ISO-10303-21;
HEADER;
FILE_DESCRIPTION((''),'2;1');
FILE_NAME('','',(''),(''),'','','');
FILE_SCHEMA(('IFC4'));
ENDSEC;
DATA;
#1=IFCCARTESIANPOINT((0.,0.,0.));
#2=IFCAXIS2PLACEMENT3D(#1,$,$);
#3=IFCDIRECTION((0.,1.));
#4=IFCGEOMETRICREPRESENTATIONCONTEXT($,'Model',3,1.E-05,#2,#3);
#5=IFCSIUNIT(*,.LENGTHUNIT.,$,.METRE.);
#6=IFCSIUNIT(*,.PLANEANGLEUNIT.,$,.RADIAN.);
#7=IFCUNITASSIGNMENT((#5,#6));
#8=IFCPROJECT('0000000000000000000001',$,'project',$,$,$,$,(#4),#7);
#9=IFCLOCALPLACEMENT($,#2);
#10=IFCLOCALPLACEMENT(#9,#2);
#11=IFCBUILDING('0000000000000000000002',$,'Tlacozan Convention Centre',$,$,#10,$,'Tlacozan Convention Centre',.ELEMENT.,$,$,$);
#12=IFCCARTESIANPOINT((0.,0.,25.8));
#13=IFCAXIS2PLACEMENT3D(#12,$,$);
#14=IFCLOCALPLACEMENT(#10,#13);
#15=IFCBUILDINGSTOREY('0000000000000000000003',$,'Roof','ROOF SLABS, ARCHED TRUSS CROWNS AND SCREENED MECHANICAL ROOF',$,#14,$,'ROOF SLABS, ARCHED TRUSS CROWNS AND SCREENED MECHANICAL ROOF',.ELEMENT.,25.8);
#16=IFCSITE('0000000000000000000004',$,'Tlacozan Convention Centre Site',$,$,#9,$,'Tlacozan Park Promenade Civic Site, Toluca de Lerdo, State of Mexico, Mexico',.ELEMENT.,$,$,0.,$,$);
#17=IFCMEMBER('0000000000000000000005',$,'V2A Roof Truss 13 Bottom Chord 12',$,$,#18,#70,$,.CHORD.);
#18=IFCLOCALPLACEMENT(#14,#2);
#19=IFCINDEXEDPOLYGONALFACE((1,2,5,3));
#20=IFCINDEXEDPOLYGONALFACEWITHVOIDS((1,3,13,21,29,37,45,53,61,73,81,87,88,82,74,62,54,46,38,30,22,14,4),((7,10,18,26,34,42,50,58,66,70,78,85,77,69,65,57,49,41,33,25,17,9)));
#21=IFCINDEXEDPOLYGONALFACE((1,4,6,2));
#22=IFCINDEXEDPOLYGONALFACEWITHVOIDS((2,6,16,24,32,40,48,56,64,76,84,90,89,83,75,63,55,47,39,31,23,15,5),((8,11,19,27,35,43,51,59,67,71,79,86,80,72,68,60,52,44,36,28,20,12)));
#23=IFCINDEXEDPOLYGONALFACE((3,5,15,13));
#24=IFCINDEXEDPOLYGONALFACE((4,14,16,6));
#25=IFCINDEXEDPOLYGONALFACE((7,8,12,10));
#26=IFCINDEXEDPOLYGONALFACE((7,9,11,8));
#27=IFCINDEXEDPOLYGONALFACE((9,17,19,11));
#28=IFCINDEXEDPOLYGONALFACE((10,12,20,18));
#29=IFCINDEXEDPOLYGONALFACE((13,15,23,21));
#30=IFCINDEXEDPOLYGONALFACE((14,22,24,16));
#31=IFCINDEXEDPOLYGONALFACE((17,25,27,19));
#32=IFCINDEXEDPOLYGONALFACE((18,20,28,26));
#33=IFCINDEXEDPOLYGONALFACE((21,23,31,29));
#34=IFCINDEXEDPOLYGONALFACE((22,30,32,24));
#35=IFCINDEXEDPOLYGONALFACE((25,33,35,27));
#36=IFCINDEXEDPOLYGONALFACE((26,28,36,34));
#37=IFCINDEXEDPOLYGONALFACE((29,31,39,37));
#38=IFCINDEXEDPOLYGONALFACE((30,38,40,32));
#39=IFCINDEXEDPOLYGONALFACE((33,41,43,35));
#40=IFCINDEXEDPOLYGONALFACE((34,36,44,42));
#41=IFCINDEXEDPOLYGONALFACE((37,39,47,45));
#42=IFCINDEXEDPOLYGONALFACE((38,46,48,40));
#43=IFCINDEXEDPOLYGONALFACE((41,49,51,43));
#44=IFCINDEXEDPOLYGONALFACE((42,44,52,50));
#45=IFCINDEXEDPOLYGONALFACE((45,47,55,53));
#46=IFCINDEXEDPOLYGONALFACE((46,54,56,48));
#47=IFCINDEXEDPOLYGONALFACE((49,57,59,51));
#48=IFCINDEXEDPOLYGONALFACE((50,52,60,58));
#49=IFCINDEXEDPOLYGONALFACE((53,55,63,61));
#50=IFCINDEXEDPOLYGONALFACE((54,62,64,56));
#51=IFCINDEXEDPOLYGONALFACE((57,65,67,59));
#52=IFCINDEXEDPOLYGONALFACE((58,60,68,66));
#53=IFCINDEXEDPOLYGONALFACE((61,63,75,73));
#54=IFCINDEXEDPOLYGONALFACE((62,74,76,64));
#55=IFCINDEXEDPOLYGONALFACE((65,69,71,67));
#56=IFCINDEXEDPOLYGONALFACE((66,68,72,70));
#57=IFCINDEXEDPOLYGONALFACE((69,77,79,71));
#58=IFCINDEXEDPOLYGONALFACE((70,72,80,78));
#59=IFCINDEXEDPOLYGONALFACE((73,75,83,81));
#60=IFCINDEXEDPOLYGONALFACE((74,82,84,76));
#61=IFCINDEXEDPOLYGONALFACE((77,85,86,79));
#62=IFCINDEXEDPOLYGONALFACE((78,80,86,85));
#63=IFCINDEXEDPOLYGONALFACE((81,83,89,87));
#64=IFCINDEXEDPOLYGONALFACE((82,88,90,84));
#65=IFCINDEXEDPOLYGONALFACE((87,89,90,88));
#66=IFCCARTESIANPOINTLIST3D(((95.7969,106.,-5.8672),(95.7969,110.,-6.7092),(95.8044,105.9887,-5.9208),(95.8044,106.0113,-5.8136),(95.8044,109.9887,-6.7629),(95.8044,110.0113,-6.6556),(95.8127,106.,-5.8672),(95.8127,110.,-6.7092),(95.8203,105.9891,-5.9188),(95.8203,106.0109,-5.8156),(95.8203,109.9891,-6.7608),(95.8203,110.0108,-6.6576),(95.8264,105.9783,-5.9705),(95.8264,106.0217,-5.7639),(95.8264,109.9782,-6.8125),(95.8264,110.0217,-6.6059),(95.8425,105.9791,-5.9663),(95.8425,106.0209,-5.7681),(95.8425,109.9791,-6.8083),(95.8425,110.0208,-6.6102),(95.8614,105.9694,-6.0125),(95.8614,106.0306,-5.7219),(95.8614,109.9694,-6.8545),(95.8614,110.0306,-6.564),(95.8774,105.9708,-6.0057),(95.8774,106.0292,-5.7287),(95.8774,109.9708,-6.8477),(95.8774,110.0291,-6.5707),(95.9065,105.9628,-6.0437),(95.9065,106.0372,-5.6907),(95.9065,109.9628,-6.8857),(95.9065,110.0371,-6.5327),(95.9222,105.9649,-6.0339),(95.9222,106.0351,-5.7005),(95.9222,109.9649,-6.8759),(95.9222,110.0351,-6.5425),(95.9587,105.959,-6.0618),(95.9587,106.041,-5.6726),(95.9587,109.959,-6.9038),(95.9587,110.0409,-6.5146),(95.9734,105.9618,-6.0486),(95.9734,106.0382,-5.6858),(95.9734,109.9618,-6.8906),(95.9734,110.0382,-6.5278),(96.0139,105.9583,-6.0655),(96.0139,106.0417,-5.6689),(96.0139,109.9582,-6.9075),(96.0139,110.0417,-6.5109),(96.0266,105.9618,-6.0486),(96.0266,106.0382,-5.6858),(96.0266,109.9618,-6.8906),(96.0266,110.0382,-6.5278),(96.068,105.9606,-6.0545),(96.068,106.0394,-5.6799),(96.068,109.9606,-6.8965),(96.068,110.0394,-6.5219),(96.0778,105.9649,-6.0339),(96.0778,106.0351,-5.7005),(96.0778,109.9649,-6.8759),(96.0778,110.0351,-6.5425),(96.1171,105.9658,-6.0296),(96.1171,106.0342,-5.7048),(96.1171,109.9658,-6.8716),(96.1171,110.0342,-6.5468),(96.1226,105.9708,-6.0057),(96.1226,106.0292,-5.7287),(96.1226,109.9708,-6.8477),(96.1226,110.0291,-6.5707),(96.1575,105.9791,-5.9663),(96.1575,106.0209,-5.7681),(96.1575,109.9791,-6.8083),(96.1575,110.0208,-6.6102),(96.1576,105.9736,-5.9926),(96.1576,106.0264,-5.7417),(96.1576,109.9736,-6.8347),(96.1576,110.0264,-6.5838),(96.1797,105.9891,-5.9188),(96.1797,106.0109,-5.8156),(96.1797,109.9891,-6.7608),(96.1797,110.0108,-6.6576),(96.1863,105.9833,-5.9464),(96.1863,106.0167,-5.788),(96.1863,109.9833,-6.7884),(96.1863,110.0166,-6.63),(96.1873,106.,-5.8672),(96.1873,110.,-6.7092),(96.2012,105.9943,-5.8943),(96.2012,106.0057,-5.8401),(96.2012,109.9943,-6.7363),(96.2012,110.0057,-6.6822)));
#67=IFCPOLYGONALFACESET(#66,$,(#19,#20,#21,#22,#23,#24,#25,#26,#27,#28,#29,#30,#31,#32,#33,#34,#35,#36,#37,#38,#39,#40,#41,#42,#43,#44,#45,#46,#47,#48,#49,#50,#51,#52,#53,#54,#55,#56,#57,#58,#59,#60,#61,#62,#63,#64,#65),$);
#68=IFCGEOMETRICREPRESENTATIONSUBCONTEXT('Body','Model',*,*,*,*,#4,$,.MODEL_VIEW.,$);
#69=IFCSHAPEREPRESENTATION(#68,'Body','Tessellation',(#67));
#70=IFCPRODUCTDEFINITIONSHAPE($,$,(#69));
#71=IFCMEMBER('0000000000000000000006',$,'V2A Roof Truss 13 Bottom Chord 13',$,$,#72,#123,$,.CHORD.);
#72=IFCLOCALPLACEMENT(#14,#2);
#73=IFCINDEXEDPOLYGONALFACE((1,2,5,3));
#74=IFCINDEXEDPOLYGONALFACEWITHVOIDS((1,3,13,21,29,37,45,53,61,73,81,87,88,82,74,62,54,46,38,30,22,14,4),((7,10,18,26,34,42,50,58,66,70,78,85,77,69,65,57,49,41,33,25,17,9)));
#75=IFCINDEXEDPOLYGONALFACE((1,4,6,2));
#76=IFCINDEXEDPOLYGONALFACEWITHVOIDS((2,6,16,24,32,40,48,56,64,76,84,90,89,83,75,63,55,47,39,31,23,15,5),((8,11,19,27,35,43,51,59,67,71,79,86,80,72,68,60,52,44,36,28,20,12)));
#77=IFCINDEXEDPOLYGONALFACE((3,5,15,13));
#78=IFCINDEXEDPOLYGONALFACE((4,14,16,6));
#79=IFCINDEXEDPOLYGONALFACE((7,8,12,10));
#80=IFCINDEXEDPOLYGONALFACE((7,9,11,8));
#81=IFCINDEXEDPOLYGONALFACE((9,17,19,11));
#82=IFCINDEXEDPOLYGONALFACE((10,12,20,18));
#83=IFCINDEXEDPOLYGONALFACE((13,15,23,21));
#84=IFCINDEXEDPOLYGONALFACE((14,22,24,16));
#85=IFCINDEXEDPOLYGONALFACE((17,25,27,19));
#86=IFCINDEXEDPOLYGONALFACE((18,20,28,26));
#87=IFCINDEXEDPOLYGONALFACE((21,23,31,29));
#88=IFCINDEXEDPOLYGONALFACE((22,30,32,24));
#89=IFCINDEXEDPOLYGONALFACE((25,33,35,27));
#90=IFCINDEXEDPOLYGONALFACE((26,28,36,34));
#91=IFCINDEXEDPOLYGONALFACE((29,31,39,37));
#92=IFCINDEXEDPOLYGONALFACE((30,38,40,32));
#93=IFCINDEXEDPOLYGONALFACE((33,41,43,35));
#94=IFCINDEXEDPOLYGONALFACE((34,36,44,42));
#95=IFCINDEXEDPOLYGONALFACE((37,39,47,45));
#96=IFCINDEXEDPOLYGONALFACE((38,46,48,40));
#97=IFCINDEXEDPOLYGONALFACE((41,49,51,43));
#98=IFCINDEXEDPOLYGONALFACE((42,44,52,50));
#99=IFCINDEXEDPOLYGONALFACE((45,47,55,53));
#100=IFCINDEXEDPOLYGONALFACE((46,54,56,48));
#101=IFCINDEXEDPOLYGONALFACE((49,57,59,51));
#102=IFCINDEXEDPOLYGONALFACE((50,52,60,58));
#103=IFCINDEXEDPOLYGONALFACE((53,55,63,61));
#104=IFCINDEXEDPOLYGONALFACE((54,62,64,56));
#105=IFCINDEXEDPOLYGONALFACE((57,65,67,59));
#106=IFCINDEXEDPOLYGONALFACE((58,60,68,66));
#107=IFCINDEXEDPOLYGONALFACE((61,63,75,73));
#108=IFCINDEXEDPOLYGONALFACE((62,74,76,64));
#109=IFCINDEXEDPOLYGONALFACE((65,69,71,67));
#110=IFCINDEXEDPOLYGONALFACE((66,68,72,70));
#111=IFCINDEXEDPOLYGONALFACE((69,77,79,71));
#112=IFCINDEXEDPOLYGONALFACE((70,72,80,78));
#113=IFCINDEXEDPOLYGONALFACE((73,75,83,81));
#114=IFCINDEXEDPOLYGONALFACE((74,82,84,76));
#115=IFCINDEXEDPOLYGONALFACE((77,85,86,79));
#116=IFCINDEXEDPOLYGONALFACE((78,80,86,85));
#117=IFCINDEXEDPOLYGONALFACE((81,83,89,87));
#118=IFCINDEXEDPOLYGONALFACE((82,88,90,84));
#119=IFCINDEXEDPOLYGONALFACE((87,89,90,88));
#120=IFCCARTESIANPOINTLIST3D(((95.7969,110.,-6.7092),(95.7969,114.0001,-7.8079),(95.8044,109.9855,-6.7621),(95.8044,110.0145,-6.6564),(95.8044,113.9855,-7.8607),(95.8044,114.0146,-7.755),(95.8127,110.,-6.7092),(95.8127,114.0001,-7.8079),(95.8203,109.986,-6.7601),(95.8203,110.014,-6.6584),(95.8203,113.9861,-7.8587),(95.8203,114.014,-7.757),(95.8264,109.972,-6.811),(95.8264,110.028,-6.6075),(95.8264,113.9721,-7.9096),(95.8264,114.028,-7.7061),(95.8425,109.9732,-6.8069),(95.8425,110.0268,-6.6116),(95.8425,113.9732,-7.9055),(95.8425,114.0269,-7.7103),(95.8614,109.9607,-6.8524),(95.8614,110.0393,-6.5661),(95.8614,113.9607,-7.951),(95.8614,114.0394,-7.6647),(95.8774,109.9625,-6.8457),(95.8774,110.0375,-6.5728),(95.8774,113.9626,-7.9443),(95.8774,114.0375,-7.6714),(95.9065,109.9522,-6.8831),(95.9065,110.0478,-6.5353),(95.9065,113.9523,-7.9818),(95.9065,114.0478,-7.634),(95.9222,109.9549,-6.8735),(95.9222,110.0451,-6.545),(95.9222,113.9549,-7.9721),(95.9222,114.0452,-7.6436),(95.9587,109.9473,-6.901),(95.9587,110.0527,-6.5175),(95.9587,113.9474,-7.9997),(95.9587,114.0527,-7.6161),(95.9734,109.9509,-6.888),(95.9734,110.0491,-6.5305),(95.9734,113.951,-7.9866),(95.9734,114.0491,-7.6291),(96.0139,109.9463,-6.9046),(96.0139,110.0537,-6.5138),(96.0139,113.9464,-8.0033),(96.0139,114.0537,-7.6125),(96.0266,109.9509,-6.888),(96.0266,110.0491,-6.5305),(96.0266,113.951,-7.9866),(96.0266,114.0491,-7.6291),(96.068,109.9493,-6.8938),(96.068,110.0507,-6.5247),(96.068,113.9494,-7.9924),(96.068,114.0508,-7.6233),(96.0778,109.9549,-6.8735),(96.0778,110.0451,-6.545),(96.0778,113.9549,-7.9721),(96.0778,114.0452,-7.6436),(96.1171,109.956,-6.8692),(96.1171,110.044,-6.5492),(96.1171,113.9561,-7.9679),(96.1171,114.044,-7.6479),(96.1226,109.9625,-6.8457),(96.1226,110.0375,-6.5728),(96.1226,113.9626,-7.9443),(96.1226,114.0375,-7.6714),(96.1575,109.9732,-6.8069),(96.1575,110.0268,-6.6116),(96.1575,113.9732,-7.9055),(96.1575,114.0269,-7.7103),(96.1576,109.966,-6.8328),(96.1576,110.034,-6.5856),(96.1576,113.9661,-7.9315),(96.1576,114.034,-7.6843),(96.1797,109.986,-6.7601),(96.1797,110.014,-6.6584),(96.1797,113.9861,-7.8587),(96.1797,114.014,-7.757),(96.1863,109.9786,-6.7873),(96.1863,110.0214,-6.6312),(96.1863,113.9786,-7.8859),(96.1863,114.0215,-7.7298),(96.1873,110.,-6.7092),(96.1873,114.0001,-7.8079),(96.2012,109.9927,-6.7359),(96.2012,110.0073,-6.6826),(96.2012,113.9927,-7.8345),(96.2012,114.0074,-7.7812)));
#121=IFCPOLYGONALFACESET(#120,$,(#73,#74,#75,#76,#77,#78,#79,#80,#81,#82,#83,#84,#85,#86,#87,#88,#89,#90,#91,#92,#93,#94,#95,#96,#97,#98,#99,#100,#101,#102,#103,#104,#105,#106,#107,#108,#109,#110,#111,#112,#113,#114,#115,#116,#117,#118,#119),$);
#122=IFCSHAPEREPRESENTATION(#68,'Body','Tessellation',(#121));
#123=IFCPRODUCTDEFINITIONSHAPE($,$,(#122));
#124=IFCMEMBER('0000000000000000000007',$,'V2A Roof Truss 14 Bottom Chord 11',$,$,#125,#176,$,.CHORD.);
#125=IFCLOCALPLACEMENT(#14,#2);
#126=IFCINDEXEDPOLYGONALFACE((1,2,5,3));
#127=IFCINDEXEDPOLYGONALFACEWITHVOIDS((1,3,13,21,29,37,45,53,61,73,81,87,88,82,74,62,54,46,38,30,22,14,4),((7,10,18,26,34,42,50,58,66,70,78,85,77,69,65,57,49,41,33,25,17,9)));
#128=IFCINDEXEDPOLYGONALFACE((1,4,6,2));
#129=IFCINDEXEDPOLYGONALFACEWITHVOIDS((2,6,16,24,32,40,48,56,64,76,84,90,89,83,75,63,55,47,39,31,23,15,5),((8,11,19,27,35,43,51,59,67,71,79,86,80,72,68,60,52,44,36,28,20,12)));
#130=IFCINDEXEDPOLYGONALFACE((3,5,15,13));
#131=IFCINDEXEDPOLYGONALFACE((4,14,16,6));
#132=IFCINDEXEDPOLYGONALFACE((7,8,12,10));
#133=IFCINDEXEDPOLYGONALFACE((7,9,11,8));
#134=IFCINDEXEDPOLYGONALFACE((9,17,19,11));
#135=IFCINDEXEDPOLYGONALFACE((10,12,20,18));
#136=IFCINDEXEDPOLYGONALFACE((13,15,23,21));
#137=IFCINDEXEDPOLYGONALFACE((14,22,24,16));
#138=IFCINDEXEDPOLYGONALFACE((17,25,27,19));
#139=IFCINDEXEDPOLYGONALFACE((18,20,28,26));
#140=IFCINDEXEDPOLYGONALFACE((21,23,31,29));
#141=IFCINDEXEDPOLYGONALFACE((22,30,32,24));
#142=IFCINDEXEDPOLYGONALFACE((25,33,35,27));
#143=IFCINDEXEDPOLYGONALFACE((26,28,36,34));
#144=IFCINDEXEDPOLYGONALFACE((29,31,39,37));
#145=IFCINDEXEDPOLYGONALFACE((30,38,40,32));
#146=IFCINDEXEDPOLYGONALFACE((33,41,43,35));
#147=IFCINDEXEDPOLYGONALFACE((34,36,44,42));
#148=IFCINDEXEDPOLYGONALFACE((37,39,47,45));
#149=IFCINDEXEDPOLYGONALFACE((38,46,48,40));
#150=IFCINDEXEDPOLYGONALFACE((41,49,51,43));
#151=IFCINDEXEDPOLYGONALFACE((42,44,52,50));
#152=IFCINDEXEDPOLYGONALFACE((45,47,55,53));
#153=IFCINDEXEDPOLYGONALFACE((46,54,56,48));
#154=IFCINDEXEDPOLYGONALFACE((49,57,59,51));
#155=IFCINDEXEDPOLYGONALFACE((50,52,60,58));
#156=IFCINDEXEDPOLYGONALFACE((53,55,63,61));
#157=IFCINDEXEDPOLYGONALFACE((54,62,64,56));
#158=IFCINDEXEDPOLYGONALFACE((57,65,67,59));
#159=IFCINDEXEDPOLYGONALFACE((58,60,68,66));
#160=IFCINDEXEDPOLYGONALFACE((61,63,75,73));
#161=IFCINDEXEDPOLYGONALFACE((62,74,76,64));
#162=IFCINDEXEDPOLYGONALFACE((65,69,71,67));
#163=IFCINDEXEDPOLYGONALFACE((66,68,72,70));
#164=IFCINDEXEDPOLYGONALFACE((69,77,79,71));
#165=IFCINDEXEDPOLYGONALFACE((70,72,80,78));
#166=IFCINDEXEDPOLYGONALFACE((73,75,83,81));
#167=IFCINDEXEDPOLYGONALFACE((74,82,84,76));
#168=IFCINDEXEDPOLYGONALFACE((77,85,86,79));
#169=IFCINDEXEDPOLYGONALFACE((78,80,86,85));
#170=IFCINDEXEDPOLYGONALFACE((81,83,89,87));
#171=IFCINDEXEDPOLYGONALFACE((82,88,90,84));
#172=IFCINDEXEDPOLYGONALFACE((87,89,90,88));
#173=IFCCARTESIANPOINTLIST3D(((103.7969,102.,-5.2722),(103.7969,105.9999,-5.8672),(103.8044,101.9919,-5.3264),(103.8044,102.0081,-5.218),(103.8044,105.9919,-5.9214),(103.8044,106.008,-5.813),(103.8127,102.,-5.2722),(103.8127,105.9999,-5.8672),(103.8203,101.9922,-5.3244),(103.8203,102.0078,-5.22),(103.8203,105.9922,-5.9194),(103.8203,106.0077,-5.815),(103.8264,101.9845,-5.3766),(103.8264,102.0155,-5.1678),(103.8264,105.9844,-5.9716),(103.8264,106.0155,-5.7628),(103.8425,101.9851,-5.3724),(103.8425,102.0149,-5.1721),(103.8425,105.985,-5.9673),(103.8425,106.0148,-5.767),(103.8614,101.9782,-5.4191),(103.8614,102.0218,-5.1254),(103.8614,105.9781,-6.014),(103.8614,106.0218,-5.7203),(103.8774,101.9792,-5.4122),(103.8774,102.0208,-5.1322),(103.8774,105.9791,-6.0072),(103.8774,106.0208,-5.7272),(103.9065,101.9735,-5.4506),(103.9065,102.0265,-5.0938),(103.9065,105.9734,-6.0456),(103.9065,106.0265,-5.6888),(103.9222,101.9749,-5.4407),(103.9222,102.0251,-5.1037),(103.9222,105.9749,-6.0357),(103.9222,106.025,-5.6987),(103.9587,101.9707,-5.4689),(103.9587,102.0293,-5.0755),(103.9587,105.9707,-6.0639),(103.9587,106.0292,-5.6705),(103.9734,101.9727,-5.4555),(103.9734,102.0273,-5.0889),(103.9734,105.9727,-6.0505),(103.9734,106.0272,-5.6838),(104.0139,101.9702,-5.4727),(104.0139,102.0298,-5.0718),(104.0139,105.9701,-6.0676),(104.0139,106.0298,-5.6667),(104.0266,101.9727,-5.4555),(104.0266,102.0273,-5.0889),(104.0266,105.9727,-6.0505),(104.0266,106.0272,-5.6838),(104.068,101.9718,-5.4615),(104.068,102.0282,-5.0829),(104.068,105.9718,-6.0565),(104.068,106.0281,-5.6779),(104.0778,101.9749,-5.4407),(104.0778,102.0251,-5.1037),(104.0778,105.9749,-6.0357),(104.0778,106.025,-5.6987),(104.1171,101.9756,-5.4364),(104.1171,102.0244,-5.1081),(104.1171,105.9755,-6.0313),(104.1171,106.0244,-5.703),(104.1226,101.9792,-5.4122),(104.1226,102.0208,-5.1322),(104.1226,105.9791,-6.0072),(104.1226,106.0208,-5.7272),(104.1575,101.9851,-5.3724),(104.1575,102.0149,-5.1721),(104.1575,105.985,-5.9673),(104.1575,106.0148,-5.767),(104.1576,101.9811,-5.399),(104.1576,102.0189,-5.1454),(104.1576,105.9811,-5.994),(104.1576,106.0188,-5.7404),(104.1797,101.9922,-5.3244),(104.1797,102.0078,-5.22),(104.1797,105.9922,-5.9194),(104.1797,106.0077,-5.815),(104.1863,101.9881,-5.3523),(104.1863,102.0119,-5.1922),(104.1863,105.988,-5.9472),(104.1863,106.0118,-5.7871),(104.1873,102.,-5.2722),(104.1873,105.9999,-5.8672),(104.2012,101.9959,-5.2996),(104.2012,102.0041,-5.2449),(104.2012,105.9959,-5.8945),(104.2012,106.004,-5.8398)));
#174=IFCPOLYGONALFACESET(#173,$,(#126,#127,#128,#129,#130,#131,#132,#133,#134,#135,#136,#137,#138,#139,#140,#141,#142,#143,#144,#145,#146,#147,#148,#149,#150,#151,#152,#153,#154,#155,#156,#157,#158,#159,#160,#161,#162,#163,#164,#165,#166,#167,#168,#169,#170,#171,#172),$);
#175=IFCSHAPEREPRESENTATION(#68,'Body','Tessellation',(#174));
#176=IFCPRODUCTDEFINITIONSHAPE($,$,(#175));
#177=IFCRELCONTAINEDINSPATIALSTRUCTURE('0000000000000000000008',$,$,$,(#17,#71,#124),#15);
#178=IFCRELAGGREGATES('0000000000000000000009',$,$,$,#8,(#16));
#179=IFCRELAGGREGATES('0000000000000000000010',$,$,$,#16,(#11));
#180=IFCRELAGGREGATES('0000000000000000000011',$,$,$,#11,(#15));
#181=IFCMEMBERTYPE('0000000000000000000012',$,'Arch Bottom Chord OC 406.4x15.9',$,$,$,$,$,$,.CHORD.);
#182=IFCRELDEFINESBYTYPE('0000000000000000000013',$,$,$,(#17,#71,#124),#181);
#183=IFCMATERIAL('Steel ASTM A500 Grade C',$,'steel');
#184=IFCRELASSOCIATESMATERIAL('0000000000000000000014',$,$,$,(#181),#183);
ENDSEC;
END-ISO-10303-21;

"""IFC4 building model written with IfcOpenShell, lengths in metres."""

from ifc_helpers import new_model, si_unit, direction, frame, origin, origin_2d, place, context, subcontext, project, spatial, hollow_circle, extrude, material, material_profile, profile_set, type_object, element, save


model = new_model("IFC4")

# Units and contexts
model_context = context("Model", 3, precision=1e-05, world=origin(), true_north=direction((0.0, 1.0)))
body_context = subcontext(model_context, "Body", "Model", "MODEL_VIEW")
ifc_project = project(units=[si_unit("LENGTHUNIT", "METRE"), si_unit("PLANEANGLEUNIT", "RADIAN")], contexts=[model_context])

# Site, building, storey
site_placement = place(None, origin())
site = spatial("IfcSite", under=ifc_project, at=site_placement, Name="Tlacozan Convention Centre Site", LongName="Tlacozan Park Promenade Civic Site, Toluca de Lerdo, State of Mexico, Mexico", CompositionType="ELEMENT", RefElevation=0.0)
building_placement = place(site_placement, origin())
building = spatial("IfcBuilding", under=site, at=building_placement, Name="Tlacozan Convention Centre", LongName="Tlacozan Convention Centre", CompositionType="ELEMENT")
storey_placement = place(building_placement, frame((0.0, 0.0, 25.8)))
storey = spatial("IfcBuildingStorey", under=building, at=storey_placement, Name="Roof", Description="ROOF SLABS, ARCHED TRUSS CROWNS AND SCREENED MECHANICAL ROOF", LongName="ROOF SLABS, ARCHED TRUSS CROWNS AND SCREENED MECHANICAL ROOF", CompositionType="ELEMENT", Elevation=25.8)

# Members
ifc_material_1 = material(Name="Steel ASTM A500 Grade C", Category="steel")
ifc_material_profile_1 = material_profile(ifc_material_1, hollow_circle(Radius=0.2031, WallThickness=0.0159, at=origin_2d()), Name="OC 406.4x15.9")
ifc_profile_set_1 = profile_set([ifc_material_profile_1], Name="Steel ASTM A500 Grade C")
member_type_1 = type_object("IfcMemberType", Name="Arch Bottom Chord OC 406.4x15.9", PredefinedType="CHORD", material=ifc_profile_set_1)
member_1_placement = place(storey_placement, frame((96.0, 106.0, -5.8672), z_axis=(0.0, 0.978553, -0.205995), x_axis=(-1.0, 0.0, 0.0)))
element("IfcMember", 1, at=member_1_placement, inside=storey, type_object=member_type_1, Name="V2A Roof Truss 13 Bottom Chord 12", PredefinedType="CHORD", context=body_context, shape_type="SweptSolid", body=[
    extrude(hollow_circle(Radius=0.2031, WallThickness=0.0159, at=origin_2d()), origin(), (0.0, 0.0, 1.0), 4.0876),
])
member_2_placement = place(storey_placement, frame((96.0, 110.0, -6.7092), z_axis=(0.0, 0.96429, -0.26485), x_axis=(-1.0, 0.0, 0.0)))
element("IfcMember", 2, at=member_2_placement, inside=storey, type_object=member_type_1, Name="V2A Roof Truss 13 Bottom Chord 13", PredefinedType="CHORD", context=body_context, shape_type="SweptSolid", body=[
    extrude(hollow_circle(Radius=0.2031, WallThickness=0.0159, at=origin_2d()), origin(), (0.0, 0.0, 1.0), 4.1482),
])
member_3_placement = place(storey_placement, frame((104.0, 102.0, -5.2722), z_axis=(0.0, 0.989118, -0.147124), x_axis=(-1.0, 0.0, 0.0)))
element("IfcMember", 3, at=member_3_placement, inside=storey, type_object=member_type_1, Name="V2A Roof Truss 14 Bottom Chord 11", PredefinedType="CHORD", context=body_context, shape_type="SweptSolid", body=[
    extrude(hollow_circle(Radius=0.2031, WallThickness=0.0159, at=origin_2d()), origin(), (0.0, 0.0, 1.0), 4.0439),
])

save(model, "model.ifc")
